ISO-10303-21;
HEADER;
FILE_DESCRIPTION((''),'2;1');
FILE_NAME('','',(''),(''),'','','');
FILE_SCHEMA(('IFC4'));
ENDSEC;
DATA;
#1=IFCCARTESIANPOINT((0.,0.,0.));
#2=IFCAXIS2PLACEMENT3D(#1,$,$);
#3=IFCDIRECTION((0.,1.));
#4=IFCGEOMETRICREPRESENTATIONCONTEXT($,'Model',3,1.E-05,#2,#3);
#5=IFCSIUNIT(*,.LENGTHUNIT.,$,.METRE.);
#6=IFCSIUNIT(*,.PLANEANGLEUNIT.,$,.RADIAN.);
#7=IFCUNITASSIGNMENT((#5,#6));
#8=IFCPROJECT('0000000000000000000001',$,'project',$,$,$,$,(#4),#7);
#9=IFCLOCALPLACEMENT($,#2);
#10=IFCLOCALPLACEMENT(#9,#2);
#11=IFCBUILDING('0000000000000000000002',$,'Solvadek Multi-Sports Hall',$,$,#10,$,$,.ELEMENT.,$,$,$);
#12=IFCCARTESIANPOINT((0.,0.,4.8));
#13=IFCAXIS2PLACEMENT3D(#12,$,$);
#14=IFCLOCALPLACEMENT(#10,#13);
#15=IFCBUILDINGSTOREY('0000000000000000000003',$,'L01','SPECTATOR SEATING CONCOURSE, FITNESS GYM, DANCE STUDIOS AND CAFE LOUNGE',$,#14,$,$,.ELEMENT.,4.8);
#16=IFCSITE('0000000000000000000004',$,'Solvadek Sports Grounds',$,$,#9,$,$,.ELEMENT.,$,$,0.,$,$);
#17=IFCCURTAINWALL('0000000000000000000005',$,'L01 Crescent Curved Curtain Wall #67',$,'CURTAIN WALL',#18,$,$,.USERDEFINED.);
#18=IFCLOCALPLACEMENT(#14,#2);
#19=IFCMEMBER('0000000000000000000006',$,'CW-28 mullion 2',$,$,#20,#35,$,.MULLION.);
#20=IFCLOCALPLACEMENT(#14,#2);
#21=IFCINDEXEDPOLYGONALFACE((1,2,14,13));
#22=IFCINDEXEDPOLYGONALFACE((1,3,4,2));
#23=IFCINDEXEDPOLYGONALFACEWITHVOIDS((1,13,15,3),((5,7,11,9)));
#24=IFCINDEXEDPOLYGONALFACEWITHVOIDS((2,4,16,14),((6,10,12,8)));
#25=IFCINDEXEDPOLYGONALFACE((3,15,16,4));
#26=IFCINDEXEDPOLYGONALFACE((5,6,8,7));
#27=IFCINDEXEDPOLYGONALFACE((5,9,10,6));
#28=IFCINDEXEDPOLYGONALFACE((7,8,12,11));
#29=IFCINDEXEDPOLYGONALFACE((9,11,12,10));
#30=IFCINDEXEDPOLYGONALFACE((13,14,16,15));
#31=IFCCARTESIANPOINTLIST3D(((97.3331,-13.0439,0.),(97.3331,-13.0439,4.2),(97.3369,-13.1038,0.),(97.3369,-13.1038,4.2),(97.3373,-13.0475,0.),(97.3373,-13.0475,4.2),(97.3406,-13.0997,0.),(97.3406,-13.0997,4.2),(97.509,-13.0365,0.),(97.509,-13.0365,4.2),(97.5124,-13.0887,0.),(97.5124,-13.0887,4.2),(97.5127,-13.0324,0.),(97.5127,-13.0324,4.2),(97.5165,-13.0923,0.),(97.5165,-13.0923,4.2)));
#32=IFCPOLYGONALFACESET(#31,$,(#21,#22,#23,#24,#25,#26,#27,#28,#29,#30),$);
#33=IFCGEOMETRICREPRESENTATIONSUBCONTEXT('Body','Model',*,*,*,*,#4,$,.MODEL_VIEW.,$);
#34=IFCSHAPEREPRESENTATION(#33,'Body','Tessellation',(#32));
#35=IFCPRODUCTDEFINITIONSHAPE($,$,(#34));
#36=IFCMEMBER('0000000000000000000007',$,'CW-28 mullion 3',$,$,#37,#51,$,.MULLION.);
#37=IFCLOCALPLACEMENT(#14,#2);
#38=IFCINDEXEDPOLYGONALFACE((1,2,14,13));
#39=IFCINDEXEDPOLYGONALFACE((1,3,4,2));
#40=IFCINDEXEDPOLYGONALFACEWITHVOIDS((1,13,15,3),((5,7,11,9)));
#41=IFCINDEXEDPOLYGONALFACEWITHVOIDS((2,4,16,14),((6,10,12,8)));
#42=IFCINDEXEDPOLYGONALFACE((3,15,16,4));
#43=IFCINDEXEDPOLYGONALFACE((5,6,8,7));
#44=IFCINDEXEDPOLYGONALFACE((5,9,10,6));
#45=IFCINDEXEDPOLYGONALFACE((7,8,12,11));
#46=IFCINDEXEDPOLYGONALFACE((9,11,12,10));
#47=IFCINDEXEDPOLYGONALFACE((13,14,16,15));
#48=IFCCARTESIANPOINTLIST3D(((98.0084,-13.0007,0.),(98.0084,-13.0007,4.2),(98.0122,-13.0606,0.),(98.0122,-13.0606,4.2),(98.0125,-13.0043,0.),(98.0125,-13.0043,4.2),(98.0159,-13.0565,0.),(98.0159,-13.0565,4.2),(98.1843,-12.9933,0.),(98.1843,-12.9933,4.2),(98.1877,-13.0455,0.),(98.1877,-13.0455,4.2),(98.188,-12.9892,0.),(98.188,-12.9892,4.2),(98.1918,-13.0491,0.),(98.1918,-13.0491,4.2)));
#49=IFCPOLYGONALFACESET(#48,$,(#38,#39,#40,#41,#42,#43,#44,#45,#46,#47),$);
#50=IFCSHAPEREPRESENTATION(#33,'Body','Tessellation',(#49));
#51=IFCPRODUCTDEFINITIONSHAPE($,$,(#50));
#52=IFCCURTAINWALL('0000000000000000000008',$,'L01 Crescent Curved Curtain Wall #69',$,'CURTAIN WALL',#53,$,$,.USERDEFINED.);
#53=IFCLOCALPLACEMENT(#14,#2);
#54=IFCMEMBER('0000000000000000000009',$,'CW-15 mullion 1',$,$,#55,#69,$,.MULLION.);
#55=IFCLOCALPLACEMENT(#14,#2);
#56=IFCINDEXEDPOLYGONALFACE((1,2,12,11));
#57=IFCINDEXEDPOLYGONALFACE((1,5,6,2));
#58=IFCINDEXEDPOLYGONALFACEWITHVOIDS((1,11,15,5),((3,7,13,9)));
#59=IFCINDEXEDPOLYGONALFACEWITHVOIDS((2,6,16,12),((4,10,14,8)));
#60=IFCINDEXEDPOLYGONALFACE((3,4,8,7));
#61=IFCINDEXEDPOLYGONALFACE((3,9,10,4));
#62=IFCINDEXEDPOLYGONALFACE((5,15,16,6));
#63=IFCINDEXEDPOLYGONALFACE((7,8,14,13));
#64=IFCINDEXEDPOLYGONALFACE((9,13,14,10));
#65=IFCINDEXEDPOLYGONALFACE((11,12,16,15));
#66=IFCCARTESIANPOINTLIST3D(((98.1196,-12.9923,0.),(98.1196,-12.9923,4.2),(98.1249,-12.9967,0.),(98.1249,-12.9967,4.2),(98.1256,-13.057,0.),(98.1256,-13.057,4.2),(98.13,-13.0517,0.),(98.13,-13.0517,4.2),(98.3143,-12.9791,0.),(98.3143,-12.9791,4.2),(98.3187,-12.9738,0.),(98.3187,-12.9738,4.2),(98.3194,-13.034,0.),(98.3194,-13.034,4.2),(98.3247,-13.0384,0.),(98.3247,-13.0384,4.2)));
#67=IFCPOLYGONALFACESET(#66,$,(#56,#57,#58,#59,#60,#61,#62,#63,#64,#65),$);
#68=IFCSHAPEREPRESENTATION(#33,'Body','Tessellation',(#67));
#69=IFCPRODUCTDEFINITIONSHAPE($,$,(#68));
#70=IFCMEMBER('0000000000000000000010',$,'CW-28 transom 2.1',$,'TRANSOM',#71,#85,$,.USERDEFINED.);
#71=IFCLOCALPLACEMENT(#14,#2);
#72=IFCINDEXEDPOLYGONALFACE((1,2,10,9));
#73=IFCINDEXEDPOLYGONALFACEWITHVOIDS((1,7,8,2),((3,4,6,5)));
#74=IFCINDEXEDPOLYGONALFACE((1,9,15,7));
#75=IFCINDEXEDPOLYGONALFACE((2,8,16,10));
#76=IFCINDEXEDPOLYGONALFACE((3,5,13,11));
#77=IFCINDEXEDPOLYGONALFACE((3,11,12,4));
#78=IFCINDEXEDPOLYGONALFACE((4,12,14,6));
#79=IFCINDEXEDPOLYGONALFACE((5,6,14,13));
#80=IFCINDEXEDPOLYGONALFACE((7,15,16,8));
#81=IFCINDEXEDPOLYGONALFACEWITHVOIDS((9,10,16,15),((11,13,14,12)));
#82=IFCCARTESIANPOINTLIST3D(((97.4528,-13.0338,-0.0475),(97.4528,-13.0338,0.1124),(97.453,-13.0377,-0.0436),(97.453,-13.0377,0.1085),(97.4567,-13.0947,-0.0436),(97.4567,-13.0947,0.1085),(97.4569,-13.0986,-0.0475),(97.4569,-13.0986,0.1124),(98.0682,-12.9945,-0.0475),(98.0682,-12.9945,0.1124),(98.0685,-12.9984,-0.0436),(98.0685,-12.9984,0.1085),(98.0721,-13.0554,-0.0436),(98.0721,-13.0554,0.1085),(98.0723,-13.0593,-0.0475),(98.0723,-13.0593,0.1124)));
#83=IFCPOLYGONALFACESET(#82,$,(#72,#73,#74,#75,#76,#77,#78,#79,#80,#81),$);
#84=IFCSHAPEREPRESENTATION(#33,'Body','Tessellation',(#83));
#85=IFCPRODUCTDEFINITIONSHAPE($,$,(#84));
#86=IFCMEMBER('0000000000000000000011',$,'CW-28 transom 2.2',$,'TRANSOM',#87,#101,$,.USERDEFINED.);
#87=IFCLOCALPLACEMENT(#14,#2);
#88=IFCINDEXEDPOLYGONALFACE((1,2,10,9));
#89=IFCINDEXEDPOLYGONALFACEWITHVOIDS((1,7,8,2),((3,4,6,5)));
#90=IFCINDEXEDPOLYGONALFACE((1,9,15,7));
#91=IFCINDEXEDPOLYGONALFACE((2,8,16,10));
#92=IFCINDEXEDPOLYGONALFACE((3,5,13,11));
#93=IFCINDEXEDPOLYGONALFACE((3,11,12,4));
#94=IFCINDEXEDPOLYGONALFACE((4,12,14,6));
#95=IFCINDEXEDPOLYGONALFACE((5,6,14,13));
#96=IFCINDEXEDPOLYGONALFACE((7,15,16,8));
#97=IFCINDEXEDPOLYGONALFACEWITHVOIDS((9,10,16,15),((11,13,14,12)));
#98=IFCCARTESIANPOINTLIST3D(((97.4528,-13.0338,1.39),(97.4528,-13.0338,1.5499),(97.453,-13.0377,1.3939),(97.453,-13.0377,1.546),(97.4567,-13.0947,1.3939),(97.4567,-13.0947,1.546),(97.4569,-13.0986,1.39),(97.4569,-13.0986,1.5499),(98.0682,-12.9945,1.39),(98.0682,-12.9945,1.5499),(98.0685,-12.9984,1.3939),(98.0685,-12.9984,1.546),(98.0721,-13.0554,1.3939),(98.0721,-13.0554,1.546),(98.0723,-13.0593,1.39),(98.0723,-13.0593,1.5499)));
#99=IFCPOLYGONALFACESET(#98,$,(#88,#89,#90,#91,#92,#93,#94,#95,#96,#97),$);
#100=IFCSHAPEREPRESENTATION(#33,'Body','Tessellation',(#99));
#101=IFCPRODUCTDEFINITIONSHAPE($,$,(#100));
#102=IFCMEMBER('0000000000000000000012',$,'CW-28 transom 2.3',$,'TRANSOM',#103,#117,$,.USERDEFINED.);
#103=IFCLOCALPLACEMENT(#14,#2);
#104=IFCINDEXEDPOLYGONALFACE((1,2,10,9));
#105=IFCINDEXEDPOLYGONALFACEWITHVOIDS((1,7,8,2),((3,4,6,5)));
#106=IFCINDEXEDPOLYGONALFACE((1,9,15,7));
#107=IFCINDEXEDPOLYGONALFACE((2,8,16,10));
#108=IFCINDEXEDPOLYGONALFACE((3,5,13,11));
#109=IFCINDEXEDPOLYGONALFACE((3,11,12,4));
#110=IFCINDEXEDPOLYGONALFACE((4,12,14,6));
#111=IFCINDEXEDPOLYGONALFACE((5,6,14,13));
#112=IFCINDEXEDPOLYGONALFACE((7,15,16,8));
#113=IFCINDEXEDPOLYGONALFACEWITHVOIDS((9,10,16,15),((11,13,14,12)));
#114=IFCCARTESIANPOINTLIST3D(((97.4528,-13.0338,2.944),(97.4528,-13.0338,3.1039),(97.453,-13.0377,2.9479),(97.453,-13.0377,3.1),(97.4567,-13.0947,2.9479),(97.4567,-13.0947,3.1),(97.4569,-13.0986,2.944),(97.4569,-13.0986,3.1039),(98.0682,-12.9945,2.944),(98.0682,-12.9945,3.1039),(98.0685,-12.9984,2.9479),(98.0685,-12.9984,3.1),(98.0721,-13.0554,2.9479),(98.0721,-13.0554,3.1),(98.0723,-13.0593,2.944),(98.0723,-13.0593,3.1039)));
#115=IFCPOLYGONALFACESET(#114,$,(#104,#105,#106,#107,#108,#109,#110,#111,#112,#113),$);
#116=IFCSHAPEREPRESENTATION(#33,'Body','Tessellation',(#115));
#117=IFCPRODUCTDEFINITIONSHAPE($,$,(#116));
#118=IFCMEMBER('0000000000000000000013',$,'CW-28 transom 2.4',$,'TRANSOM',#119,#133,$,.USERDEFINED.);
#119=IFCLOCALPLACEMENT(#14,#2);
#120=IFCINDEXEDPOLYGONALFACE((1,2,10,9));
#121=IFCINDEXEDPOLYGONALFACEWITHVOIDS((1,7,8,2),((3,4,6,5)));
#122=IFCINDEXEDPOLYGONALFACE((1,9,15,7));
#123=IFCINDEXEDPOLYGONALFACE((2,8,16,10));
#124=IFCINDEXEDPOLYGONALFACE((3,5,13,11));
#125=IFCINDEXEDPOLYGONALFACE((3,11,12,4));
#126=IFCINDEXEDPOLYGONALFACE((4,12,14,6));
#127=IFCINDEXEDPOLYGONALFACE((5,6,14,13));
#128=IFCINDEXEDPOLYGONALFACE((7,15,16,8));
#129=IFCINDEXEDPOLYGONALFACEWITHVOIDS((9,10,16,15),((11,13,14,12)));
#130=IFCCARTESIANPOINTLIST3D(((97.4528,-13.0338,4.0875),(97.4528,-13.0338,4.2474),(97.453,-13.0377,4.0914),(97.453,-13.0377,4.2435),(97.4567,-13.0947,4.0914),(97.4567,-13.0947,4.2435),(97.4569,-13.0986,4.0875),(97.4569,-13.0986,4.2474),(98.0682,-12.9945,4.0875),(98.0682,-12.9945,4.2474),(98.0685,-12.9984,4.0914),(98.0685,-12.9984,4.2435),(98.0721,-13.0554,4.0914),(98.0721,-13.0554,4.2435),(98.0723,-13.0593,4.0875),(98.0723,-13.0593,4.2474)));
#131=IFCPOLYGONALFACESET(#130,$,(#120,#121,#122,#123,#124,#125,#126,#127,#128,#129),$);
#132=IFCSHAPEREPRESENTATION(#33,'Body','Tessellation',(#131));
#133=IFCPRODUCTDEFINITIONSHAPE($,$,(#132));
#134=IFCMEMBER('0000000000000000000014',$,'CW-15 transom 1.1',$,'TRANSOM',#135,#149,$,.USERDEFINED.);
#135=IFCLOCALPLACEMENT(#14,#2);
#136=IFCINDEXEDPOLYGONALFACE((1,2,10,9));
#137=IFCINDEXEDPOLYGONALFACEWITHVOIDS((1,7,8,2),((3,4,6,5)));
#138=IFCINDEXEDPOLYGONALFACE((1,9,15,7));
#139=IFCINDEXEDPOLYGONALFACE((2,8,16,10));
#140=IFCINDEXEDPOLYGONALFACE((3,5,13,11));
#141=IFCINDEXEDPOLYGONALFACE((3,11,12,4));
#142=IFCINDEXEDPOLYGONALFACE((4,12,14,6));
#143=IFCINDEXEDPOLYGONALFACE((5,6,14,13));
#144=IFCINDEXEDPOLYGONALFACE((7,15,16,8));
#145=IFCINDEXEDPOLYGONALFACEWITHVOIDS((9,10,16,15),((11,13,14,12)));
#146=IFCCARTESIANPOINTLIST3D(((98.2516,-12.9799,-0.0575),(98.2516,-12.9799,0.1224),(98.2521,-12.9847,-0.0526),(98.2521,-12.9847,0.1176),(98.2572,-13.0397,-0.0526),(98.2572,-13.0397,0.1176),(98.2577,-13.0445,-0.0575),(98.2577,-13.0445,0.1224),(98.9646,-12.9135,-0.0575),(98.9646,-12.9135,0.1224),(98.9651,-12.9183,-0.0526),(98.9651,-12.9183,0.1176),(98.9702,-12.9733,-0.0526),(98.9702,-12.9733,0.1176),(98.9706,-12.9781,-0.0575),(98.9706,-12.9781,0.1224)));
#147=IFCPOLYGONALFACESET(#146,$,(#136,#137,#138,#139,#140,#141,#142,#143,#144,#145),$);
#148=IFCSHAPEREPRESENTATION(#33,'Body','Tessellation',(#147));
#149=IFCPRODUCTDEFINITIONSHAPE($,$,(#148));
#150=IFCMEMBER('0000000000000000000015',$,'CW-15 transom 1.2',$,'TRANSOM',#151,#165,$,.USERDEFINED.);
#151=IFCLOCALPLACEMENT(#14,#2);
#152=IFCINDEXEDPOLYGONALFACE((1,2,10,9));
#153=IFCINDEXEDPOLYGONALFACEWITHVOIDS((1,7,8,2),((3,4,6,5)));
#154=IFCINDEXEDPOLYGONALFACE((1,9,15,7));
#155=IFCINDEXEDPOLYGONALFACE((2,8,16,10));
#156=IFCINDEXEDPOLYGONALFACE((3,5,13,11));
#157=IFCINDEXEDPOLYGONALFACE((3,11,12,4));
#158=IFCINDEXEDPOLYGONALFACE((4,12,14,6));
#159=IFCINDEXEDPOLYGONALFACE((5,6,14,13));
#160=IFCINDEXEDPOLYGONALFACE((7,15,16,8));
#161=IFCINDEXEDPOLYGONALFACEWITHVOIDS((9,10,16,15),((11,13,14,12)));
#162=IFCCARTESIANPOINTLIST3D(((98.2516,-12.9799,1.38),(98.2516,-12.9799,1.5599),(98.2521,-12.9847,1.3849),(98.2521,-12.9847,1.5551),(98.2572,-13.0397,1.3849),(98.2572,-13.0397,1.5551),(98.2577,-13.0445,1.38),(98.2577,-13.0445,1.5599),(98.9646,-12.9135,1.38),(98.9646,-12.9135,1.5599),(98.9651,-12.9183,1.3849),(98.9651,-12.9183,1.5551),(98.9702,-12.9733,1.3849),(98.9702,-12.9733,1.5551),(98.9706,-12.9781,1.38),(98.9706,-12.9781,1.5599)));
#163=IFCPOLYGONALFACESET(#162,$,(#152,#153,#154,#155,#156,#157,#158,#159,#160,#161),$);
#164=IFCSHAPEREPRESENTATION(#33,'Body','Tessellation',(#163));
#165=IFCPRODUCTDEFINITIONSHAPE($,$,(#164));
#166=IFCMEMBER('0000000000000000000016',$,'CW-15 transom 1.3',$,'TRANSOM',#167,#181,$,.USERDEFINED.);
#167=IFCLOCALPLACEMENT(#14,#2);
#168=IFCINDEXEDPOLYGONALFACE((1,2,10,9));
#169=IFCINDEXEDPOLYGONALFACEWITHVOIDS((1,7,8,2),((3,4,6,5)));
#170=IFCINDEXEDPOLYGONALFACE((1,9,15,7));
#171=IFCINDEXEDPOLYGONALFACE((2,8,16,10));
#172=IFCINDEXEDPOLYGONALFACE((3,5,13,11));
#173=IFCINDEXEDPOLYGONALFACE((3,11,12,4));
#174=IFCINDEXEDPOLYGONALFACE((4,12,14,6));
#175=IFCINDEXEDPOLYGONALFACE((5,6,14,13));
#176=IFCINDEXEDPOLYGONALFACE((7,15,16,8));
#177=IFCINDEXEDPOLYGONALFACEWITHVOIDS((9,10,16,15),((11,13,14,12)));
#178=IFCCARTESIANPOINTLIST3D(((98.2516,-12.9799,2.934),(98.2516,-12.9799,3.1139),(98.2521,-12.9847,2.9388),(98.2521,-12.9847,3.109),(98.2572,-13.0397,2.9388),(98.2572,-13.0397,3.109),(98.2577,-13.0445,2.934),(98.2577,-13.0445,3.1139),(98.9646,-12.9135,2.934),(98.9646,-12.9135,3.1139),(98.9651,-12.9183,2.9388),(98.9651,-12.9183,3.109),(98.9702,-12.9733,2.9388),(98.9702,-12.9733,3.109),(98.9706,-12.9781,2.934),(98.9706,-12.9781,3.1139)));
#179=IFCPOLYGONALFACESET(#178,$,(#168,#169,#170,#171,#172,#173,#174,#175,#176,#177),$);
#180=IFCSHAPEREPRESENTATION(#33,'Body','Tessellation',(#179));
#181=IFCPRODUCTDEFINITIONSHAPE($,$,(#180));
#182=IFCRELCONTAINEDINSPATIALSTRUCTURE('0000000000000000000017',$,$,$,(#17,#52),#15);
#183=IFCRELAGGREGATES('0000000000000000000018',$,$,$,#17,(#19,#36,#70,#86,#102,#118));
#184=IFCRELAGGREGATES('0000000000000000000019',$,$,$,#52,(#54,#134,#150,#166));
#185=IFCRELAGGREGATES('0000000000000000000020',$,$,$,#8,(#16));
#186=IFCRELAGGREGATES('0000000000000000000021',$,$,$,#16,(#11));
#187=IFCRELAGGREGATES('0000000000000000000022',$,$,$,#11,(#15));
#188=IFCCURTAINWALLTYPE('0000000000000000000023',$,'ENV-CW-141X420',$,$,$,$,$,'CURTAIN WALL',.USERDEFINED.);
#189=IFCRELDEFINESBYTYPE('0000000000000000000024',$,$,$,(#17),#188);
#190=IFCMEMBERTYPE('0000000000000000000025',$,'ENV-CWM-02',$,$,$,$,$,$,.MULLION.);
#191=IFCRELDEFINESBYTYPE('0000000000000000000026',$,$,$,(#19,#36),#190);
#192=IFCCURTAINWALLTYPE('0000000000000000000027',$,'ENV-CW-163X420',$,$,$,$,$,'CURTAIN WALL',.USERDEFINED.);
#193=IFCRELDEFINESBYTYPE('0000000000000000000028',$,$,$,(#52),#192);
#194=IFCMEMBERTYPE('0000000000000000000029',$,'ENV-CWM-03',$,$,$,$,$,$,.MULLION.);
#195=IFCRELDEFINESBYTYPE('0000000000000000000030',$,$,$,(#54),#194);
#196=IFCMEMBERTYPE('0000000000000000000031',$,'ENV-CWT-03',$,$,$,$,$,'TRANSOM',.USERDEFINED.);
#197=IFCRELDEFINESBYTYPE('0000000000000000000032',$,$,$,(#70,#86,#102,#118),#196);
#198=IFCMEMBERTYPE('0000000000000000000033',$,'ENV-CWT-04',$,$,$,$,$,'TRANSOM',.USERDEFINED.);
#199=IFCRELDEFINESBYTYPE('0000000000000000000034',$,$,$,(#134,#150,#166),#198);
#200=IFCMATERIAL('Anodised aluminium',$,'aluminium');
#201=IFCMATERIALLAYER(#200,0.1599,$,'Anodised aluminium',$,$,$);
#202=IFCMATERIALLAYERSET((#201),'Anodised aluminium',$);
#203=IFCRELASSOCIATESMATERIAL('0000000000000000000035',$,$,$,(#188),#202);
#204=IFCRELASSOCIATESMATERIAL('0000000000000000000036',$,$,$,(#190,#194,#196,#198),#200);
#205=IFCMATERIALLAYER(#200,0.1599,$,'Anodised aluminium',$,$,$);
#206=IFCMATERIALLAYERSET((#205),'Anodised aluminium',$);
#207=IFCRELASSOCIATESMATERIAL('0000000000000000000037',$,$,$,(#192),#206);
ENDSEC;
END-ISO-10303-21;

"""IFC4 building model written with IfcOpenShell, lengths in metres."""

from ifc_helpers import new_model, si_unit, direction, frame, origin, origin_2d, place, context, subcontext, project, spatial, hollow_rectangle, extrude, material, layer, layer_set, material_profile, profile_set, type_object, element, aggregate, save


model = new_model("IFC4")

# Units and contexts
model_context = context("Model", 3, precision=1e-05, world=origin(), true_north=direction((0.0, 1.0)))
body_context = subcontext(model_context, "Body", "Model", "MODEL_VIEW")
ifc_project = project(units=[si_unit("LENGTHUNIT", "METRE"), si_unit("PLANEANGLEUNIT", "RADIAN")], contexts=[model_context])

# Site, building, storey
site_placement = place(None, origin())
site = spatial("IfcSite", under=ifc_project, at=site_placement, Name="Solvadek Sports Grounds", CompositionType="ELEMENT", RefElevation=0.0)
building_placement = place(site_placement, origin())
building = spatial("IfcBuilding", under=site, at=building_placement, Name="Solvadek Multi-Sports Hall", CompositionType="ELEMENT")
storey_placement = place(building_placement, frame((0.0, 0.0, 4.8)))
storey = spatial("IfcBuildingStorey", under=building, at=storey_placement, Name="L01", Description="SPECTATOR SEATING CONCOURSE, FITNESS GYM, DANCE STUDIOS AND CAFE LOUNGE", CompositionType="ELEMENT", Elevation=4.8)

# Curtain wall, members
ifc_material_1 = material(Name="Anodised aluminium", Category="aluminium")
ifc_layer_1 = layer(ifc_material_1, 0.1599, Name="Anodised aluminium")
ifc_layer_set_1 = layer_set([ifc_layer_1], Name="Anodised aluminium")
curtain_wall_type_1 = type_object("IfcCurtainWallType", Name="ENV-CW-141X420", ElementType="CURTAIN WALL", PredefinedType="USERDEFINED", material=ifc_layer_set_1)
curtain_wall_1_placement = place(storey_placement, origin())
curtain_wall_1 = element("IfcCurtainWall", 1, at=curtain_wall_1_placement, inside=storey, type_object=curtain_wall_type_1, Name="L01 Crescent Curved Curtain Wall #67", ObjectType="CURTAIN WALL", PredefinedType="USERDEFINED")
ifc_material_profile_1 = material_profile(ifc_material_1, hollow_rectangle(XDim=0.0601, YDim=0.1799, WallThickness=0.0039, at=origin_2d()), Name="ALU-M 180x60x4")
ifc_profile_set_1 = profile_set([ifc_material_profile_1], Name="Anodised aluminium")
member_type_1 = type_object("IfcMemberType", Name="ENV-CWM-02", PredefinedType="MULLION", material=ifc_profile_set_1)
member_1_placement = place(storey_placement, frame((97.4248, -13.0681, 0.0), z_axis=(0.0, 0.0, 1.0), x_axis=(-0.063955, 0.997953, 0.0)))
member_1 = element("IfcMember", 2, at=member_1_placement, type_object=member_type_1, Name="CW-28 mullion 2", PredefinedType="MULLION", context=body_context, shape_type="SweptSolid", body=[
    extrude(hollow_rectangle(XDim=0.0601, YDim=0.1799, WallThickness=0.0039, at=origin_2d()), origin(), (0.0, 0.0, 1.0), 4.2),
])
member_2_placement = place(storey_placement, frame((98.1001, -13.0249, 0.0), z_axis=(0.0, 0.0, 1.0), x_axis=(-0.063955, 0.997953, 0.0)))
member_2 = element("IfcMember", 3, at=member_2_placement, type_object=member_type_1, Name="CW-28 mullion 3", PredefinedType="MULLION", context=body_context, shape_type="SweptSolid", body=[
    extrude(hollow_rectangle(XDim=0.0601, YDim=0.1799, WallThickness=0.0039, at=origin_2d()), origin(), (0.0, 0.0, 1.0), 4.2),
])

# Curtain wall, member
ifc_layer_2 = layer(ifc_material_1, 0.1599, Name="Anodised aluminium")
ifc_layer_set_2 = layer_set([ifc_layer_2], Name="Anodised aluminium")
curtain_wall_type_2 = type_object("IfcCurtainWallType", Name="ENV-CW-163X420", ElementType="CURTAIN WALL", PredefinedType="USERDEFINED", material=ifc_layer_set_2)
curtain_wall_2_placement = place(storey_placement, origin())
curtain_wall_2 = element("IfcCurtainWall", 4, at=curtain_wall_2_placement, inside=storey, type_object=curtain_wall_type_2, Name="L01 Crescent Curved Curtain Wall #69", ObjectType="CURTAIN WALL", PredefinedType="USERDEFINED")
ifc_material_profile_2 = material_profile(ifc_material_1, hollow_rectangle(XDim=0.0649, YDim=0.2, WallThickness=0.0049, at=origin_2d()), Name="ALU-M 200x65x5")
ifc_profile_set_2 = profile_set([ifc_material_profile_2], Name="Anodised aluminium")
member_type_2 = type_object("IfcMemberType", Name="ENV-CWM-03", PredefinedType="MULLION", material=ifc_profile_set_2)
member_3_placement = place(storey_placement, frame((98.2222, -13.0154, 0.0), z_axis=(0.0, 0.0, 1.0), x_axis=(-0.092796, 0.995685, 0.0)))
member_3 = element("IfcMember", 5, at=member_3_placement, type_object=member_type_2, Name="CW-15 mullion 1", PredefinedType="MULLION", context=body_context, shape_type="SweptSolid", body=[
    extrude(hollow_rectangle(XDim=0.0649, YDim=0.2, WallThickness=0.0049, at=origin_2d()), origin(), (0.0, 0.0, 1.0), 4.2),
])

# Members
ifc_material_profile_3 = material_profile(ifc_material_1, hollow_rectangle(XDim=0.0649, YDim=0.1599, WallThickness=0.0039, at=origin_2d()), Name="ALU-T 160x65x4")
ifc_profile_set_3 = profile_set([ifc_material_profile_3], Name="Anodised aluminium")
member_type_3 = type_object("IfcMemberType", Name="ENV-CWT-03", ElementType="TRANSOM", PredefinedType="USERDEFINED", material=ifc_profile_set_3)
member_4_placement = place(storey_placement, frame((97.4548, -13.0662, 0.0325), z_axis=(0.997967, 0.063734, 0.0), x_axis=(-0.063734, 0.997967, 0.0)))
member_4 = element("IfcMember", 6, at=member_4_placement, type_object=member_type_3, Name="CW-28 transom 2.1", ObjectType="TRANSOM", PredefinedType="USERDEFINED", context=body_context, shape_type="SweptSolid", body=[
    extrude(hollow_rectangle(XDim=0.0649, YDim=0.1599, WallThickness=0.0039, at=origin_2d()), origin(), (0.0, 0.0, 1.0), 0.6167),
])
member_5_placement = place(storey_placement, frame((97.4548, -13.0662, 1.47), z_axis=(0.997967, 0.063734, 0.0), x_axis=(-0.063734, 0.997967, 0.0)))
member_5 = element("IfcMember", 7, at=member_5_placement, type_object=member_type_3, Name="CW-28 transom 2.2", ObjectType="TRANSOM", PredefinedType="USERDEFINED", context=body_context, shape_type="SweptSolid", body=[
    extrude(hollow_rectangle(XDim=0.0649, YDim=0.1599, WallThickness=0.0039, at=origin_2d()), origin(), (0.0, 0.0, 1.0), 0.6167),
])
member_6_placement = place(storey_placement, frame((97.4548, -13.0662, 3.0239), z_axis=(0.997967, 0.063734, 0.0), x_axis=(-0.063734, 0.997967, 0.0)))
member_6 = element("IfcMember", 8, at=member_6_placement, type_object=member_type_3, Name="CW-28 transom 2.3", ObjectType="TRANSOM", PredefinedType="USERDEFINED", context=body_context, shape_type="SweptSolid", body=[
    extrude(hollow_rectangle(XDim=0.0649, YDim=0.1599, WallThickness=0.0039, at=origin_2d()), origin(), (0.0, 0.0, 1.0), 0.6167),
])
member_7_placement = place(storey_placement, frame((97.4548, -13.0662, 4.1675), z_axis=(0.997967, 0.063734, 0.0), x_axis=(-0.063734, 0.997967, 0.0)))
member_7 = element("IfcMember", 9, at=member_7_placement, type_object=member_type_3, Name="CW-28 transom 2.4", ObjectType="TRANSOM", PredefinedType="USERDEFINED", context=body_context, shape_type="SweptSolid", body=[
    extrude(hollow_rectangle(XDim=0.0649, YDim=0.1599, WallThickness=0.0039, at=origin_2d()), origin(), (0.0, 0.0, 1.0), 0.6167),
])
ifc_material_profile_4 = material_profile(ifc_material_1, hollow_rectangle(XDim=0.0649, YDim=0.1799, WallThickness=0.0049, at=origin_2d()), Name="ALU-T 180x65x5")
ifc_profile_set_4 = profile_set([ifc_material_profile_4], Name="Anodised aluminium")
member_type_4 = type_object("IfcMemberType", Name="ENV-CWT-04", ElementType="TRANSOM", PredefinedType="USERDEFINED", material=ifc_profile_set_4)
member_8_placement = place(storey_placement, frame((98.2546, -13.0122, 0.0325), z_axis=(0.99569, 0.092749, 0.0), x_axis=(-0.092749, 0.99569, 0.0)))
member_8 = element("IfcMember", 10, at=member_8_placement, type_object=member_type_4, Name="CW-15 transom 1.1", ObjectType="TRANSOM", PredefinedType="USERDEFINED", context=body_context, shape_type="SweptSolid", body=[
    extrude(hollow_rectangle(XDim=0.0649, YDim=0.1799, WallThickness=0.0049, at=origin_2d()), origin(), (0.0, 0.0, 1.0), 0.7161),
])
member_9_placement = place(storey_placement, frame((98.2546, -13.0122, 1.47), z_axis=(0.99569, 0.092749, 0.0), x_axis=(-0.092749, 0.99569, 0.0)))
member_9 = element("IfcMember", 11, at=member_9_placement, type_object=member_type_4, Name="CW-15 transom 1.2", ObjectType="TRANSOM", PredefinedType="USERDEFINED", context=body_context, shape_type="SweptSolid", body=[
    extrude(hollow_rectangle(XDim=0.0649, YDim=0.1799, WallThickness=0.0049, at=origin_2d()), origin(), (0.0, 0.0, 1.0), 0.7161),
])
member_10_placement = place(storey_placement, frame((98.2546, -13.0122, 3.0239), z_axis=(0.99569, 0.092749, 0.0), x_axis=(-0.092749, 0.99569, 0.0)))
member_10 = element("IfcMember", 12, at=member_10_placement, type_object=member_type_4, Name="CW-15 transom 1.3", ObjectType="TRANSOM", PredefinedType="USERDEFINED", context=body_context, shape_type="SweptSolid", body=[
    extrude(hollow_rectangle(XDim=0.0649, YDim=0.1799, WallThickness=0.0049, at=origin_2d()), origin(), (0.0, 0.0, 1.0), 0.7161),
])

aggregate(curtain_wall_1, [member_1, member_2, member_4, member_5, member_6, member_7])
aggregate(curtain_wall_2, [member_3, member_8, member_9, member_10])

save(model, "model.ifc")
